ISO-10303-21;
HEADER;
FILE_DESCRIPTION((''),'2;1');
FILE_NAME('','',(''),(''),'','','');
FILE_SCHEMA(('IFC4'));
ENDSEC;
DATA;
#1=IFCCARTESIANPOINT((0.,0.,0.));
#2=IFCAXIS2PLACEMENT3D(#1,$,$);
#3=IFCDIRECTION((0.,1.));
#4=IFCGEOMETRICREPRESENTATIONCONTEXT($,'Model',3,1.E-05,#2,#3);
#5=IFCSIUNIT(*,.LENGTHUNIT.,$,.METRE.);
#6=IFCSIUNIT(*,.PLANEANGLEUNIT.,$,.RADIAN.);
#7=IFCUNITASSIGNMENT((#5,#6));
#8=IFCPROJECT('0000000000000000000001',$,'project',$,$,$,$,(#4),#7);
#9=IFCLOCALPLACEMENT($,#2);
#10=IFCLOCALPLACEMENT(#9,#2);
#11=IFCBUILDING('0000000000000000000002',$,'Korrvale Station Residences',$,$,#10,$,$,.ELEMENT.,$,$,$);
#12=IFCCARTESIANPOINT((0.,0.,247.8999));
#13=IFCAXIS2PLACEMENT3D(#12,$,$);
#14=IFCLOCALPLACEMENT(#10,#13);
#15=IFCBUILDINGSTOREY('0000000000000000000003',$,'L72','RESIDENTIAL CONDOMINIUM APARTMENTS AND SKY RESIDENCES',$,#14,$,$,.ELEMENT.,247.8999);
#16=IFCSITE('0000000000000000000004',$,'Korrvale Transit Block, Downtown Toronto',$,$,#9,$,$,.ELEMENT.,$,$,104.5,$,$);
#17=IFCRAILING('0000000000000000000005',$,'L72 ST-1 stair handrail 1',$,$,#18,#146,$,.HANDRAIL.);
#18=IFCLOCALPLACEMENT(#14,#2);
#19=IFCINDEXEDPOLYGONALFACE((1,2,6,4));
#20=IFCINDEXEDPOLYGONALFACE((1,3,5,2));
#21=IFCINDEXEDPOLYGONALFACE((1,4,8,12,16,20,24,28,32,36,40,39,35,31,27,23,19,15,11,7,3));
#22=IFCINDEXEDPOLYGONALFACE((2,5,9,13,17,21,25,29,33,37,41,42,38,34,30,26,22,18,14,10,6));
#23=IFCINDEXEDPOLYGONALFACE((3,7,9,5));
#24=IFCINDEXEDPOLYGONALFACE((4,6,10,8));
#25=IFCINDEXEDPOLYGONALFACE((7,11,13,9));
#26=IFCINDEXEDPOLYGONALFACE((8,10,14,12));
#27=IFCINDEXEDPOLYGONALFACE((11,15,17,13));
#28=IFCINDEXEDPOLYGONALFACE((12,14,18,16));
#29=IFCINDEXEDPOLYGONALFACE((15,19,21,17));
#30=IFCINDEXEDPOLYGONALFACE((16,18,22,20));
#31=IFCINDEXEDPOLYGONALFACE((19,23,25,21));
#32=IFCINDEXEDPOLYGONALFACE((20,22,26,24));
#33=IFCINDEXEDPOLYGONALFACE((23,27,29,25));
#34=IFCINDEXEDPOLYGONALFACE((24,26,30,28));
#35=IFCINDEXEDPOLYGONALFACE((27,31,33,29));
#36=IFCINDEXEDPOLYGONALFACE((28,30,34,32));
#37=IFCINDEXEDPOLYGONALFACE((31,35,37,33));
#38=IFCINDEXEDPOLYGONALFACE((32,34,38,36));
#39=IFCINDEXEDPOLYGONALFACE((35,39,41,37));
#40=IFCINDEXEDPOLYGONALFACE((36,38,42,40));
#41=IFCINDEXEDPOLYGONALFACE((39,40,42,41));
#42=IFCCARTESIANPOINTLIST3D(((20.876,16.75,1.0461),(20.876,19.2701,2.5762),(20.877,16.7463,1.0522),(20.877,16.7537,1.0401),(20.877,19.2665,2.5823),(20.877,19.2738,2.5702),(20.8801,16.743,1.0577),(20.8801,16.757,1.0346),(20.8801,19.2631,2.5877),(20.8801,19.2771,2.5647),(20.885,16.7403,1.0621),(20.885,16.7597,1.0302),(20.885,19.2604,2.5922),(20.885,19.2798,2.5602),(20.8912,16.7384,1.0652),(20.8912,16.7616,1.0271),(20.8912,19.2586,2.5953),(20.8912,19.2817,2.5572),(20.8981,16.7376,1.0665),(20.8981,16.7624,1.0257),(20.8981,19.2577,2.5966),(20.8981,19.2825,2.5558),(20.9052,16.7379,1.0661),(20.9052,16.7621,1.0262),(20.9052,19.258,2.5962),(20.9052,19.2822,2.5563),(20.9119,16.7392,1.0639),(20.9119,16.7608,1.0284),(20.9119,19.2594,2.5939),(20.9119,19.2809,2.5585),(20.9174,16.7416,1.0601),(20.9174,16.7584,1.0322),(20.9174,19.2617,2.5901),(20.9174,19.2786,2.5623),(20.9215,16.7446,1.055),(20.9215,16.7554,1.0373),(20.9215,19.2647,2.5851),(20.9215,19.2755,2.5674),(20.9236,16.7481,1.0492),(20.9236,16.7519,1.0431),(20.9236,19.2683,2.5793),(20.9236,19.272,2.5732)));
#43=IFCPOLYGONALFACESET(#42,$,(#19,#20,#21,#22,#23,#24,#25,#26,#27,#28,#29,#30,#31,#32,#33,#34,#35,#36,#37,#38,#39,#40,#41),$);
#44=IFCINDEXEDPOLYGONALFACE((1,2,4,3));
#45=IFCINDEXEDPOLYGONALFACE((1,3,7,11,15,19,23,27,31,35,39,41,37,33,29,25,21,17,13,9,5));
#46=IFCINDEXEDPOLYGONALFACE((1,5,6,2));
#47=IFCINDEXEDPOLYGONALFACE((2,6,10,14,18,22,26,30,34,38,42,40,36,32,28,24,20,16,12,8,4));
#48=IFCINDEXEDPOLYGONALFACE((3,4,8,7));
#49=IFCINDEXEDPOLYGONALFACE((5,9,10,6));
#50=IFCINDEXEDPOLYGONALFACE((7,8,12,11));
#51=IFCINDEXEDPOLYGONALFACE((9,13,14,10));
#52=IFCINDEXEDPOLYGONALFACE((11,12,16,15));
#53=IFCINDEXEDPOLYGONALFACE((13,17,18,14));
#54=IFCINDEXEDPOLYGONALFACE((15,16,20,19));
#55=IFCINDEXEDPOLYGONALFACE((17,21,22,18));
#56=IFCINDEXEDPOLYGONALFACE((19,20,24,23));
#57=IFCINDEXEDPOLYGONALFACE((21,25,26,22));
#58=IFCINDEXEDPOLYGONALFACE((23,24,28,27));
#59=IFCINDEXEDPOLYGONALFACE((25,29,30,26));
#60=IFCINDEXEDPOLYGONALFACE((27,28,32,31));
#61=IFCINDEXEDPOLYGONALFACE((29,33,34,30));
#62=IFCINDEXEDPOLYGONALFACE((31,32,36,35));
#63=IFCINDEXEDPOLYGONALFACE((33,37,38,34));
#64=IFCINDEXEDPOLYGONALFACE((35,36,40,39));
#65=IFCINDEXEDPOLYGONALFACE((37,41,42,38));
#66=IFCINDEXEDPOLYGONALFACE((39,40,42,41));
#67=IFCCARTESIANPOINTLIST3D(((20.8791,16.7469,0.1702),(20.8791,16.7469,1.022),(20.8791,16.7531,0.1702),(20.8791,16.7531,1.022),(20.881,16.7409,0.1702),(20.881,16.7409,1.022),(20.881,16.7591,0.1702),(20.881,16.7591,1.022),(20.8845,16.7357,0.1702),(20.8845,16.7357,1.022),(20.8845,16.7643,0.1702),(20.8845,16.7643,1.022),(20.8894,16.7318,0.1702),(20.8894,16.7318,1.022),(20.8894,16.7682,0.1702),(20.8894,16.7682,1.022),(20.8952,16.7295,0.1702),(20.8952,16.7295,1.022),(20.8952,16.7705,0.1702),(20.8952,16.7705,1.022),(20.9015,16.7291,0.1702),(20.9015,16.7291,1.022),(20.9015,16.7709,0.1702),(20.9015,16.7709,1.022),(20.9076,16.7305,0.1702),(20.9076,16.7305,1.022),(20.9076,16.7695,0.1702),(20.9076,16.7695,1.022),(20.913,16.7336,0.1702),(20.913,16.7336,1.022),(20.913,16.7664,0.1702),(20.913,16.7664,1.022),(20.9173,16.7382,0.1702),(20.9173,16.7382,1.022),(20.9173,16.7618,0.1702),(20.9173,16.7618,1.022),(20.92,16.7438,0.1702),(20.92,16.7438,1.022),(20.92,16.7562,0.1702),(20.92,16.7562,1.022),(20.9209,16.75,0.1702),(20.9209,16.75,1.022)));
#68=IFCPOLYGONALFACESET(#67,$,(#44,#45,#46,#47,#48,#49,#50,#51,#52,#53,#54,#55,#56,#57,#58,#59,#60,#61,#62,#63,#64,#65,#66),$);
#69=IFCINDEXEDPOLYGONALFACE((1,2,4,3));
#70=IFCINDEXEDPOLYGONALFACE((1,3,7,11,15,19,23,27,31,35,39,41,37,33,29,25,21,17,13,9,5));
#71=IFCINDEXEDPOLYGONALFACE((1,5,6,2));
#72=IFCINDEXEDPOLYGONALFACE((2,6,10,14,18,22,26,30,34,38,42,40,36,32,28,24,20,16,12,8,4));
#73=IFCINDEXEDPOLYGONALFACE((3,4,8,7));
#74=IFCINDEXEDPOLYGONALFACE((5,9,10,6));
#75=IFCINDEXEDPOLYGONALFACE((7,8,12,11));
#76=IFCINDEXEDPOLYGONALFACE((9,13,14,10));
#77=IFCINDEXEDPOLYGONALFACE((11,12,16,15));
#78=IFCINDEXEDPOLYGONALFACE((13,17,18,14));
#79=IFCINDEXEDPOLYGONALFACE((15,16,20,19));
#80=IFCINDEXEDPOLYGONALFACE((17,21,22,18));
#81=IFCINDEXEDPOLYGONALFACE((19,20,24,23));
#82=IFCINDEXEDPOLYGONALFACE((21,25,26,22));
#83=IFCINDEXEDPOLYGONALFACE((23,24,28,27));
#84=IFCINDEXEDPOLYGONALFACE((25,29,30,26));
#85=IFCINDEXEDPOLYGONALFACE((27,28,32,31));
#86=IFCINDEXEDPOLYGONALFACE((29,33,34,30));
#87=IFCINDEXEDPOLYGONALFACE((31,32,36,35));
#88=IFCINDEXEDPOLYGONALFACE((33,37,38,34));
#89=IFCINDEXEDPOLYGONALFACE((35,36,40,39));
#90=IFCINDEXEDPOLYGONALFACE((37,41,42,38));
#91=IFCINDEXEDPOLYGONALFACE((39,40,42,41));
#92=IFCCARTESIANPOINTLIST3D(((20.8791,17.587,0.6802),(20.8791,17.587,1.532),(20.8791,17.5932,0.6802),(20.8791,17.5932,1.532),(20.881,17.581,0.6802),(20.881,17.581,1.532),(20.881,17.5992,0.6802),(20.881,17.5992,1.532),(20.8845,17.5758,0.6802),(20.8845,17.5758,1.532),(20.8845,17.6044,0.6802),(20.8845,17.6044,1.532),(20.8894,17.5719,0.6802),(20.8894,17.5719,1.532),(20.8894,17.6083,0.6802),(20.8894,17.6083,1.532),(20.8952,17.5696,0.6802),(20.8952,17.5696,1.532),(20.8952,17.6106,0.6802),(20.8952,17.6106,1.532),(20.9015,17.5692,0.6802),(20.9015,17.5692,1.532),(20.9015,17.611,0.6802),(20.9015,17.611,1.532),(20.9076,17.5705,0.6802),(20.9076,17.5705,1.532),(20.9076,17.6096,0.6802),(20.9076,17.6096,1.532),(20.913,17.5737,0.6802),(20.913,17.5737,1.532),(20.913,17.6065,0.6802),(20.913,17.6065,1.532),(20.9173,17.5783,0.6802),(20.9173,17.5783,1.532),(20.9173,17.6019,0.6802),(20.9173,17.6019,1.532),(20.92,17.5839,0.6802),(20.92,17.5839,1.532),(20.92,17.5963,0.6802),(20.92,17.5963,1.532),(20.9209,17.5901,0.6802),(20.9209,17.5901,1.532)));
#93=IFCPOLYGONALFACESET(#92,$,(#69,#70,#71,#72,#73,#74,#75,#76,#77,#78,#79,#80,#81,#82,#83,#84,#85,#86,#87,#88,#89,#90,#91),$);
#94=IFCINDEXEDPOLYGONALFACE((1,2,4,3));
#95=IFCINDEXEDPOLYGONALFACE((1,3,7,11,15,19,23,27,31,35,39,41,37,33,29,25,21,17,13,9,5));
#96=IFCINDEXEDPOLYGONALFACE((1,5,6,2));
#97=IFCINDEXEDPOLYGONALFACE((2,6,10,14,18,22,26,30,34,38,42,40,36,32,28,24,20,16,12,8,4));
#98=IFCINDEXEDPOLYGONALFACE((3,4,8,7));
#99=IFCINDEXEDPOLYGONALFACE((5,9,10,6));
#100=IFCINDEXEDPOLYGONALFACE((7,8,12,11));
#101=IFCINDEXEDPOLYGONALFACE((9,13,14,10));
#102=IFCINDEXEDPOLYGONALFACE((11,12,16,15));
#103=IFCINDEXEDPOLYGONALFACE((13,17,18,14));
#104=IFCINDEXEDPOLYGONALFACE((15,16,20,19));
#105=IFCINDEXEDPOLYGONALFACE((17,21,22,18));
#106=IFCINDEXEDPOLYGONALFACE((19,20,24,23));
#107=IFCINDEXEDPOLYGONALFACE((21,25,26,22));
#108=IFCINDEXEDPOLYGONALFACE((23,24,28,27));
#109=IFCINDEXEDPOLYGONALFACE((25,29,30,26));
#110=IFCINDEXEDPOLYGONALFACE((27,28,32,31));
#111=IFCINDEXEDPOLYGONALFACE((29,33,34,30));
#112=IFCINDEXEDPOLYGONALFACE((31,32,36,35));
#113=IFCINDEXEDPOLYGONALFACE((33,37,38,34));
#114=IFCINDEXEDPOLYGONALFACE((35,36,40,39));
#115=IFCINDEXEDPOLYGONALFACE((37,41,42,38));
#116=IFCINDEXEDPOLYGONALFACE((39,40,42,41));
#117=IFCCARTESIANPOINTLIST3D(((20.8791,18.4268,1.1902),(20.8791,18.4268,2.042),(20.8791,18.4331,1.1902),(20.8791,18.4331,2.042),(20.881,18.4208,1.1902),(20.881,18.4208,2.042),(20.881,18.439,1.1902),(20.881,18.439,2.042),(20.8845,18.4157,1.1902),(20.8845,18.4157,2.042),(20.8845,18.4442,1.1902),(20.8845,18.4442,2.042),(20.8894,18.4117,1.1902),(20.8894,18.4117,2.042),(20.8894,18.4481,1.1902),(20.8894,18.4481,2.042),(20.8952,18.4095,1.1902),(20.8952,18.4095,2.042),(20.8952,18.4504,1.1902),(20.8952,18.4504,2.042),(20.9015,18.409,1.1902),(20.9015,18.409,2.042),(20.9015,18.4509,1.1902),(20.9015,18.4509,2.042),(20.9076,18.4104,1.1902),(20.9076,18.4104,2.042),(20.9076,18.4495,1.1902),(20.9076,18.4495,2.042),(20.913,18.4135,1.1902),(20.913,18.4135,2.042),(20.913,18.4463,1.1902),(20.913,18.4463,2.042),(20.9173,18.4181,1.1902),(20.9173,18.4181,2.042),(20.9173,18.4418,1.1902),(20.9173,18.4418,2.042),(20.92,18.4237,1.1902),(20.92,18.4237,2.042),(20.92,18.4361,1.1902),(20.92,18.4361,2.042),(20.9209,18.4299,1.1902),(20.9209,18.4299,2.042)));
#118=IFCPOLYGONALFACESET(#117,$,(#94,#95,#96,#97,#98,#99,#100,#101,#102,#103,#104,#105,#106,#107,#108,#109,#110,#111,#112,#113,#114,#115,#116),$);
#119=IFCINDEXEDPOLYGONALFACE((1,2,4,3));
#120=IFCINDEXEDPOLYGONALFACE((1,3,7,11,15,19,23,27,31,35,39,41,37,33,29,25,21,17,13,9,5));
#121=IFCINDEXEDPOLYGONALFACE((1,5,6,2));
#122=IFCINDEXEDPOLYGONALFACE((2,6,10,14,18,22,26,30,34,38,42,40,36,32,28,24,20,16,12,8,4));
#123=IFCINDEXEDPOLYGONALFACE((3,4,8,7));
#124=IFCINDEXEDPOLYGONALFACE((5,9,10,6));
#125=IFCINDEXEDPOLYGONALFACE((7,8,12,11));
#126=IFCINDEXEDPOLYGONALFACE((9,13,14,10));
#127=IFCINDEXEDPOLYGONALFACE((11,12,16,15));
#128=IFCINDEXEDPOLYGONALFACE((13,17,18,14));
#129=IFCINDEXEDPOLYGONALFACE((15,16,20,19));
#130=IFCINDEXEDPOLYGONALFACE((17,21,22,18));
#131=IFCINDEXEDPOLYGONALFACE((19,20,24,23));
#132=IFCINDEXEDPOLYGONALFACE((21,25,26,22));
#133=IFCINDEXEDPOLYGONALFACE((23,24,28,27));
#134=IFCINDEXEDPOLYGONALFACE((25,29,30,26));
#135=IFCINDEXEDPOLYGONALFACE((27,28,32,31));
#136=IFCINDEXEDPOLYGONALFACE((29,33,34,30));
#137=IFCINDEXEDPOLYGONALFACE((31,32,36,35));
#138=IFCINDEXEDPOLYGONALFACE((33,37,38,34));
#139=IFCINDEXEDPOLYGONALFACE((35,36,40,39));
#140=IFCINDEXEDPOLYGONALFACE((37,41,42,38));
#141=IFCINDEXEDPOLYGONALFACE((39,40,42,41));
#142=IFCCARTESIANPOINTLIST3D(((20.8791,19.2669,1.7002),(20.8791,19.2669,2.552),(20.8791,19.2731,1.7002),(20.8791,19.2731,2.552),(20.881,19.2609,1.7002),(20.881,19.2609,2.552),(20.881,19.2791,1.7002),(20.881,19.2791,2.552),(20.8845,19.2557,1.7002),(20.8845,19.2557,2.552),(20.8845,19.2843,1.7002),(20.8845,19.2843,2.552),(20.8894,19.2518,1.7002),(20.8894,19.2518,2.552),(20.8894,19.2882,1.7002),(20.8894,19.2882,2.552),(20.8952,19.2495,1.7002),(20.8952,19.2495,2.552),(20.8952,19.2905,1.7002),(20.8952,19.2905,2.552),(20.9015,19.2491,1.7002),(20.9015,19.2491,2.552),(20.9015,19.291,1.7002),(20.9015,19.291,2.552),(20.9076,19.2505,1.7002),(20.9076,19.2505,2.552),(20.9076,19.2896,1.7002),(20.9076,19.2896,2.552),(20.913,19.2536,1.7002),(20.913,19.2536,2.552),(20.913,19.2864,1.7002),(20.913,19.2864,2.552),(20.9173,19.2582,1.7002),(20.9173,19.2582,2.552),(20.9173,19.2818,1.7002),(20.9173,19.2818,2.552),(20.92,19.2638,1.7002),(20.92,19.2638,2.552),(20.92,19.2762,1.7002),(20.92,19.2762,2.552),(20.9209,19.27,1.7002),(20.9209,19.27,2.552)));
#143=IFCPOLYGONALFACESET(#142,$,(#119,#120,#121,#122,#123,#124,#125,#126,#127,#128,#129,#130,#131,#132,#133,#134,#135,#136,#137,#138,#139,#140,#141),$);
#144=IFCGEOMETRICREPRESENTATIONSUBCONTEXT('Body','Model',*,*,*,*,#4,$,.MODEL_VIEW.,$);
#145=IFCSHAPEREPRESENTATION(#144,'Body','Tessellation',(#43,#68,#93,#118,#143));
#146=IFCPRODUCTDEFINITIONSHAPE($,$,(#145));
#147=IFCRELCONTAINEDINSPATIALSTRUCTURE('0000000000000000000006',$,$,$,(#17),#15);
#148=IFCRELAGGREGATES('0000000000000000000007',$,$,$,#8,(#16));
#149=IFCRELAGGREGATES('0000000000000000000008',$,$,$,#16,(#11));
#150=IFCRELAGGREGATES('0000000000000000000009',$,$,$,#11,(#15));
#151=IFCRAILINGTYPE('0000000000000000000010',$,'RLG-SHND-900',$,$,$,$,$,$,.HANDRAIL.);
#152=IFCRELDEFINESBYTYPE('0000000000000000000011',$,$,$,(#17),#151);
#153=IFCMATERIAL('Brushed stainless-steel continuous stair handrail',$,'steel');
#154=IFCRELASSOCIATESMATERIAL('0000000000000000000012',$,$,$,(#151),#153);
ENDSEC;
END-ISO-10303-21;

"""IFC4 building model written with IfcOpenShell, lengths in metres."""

from ifc_helpers import new_model, si_unit, direction, frame, origin, origin_2d, place, context, subcontext, project, spatial, circle, extrude, material, type_object, element, save


model = new_model("IFC4")

# Units and contexts
model_context = context("Model", 3, precision=1e-05, world=origin(), true_north=direction((0.0, 1.0)))
body_context = subcontext(model_context, "Body", "Model", "MODEL_VIEW")
ifc_project = project(units=[si_unit("LENGTHUNIT", "METRE"), si_unit("PLANEANGLEUNIT", "RADIAN")], contexts=[model_context])

# Site, building, storey
site_placement = place(None, origin())
site = spatial("IfcSite", under=ifc_project, at=site_placement, Name="Korrvale Transit Block, Downtown Toronto", CompositionType="ELEMENT", RefElevation=104.5)
building_placement = place(site_placement, origin())
building = spatial("IfcBuilding", under=site, at=building_placement, Name="Korrvale Station Residences", CompositionType="ELEMENT")
storey_placement = place(building_placement, frame((0.0, 0.0, 247.8999)))
storey = spatial("IfcBuildingStorey", under=building, at=storey_placement, Name="L72", Description="RESIDENTIAL CONDOMINIUM APARTMENTS AND SKY RESIDENCES", CompositionType="ELEMENT", Elevation=247.8999)

# Railing
ifc_material_1 = material(Name="Brushed stainless-steel continuous stair handrail", Category="steel")
railing_type_1 = type_object("IfcRailingType", Name="RLG-SHND-900", PredefinedType="HANDRAIL", material=ifc_material_1)
railing_1_placement = place(storey_placement, frame((20.8999, 16.75, 0.1702)))
element("IfcRailing", 1, at=railing_1_placement, inside=storey, type_object=railing_type_1, Name="L72 ST-1 stair handrail 1", PredefinedType="HANDRAIL", context=body_context, shape_type="SweptSolid", body=[
    extrude(circle(Radius=0.0239, at=origin_2d()), frame((0.0, 0.0, 0.876), z_axis=(0.0, 0.854785, 0.518982), x_axis=(-1.0, 0.0, 0.0)), (0.0, 0.0, 1.0), 2.9482),
    extrude(circle(Radius=0.021, at=origin_2d()), origin(), (0.0, 0.0, 1.0), 0.8518),
    extrude(circle(Radius=0.021, at=origin_2d()), frame((0.0, 0.8401, 0.51)), (0.0, 0.0, 1.0), 0.8518),
    extrude(circle(Radius=0.021, at=origin_2d()), frame((0.0, 1.6799, 1.02)), (0.0, 0.0, 1.0), 0.8518),
    extrude(circle(Radius=0.021, at=origin_2d()), frame((0.0, 2.52, 1.53)), (0.0, 0.0, 1.0), 0.8518),
])

save(model, "model.ifc")
